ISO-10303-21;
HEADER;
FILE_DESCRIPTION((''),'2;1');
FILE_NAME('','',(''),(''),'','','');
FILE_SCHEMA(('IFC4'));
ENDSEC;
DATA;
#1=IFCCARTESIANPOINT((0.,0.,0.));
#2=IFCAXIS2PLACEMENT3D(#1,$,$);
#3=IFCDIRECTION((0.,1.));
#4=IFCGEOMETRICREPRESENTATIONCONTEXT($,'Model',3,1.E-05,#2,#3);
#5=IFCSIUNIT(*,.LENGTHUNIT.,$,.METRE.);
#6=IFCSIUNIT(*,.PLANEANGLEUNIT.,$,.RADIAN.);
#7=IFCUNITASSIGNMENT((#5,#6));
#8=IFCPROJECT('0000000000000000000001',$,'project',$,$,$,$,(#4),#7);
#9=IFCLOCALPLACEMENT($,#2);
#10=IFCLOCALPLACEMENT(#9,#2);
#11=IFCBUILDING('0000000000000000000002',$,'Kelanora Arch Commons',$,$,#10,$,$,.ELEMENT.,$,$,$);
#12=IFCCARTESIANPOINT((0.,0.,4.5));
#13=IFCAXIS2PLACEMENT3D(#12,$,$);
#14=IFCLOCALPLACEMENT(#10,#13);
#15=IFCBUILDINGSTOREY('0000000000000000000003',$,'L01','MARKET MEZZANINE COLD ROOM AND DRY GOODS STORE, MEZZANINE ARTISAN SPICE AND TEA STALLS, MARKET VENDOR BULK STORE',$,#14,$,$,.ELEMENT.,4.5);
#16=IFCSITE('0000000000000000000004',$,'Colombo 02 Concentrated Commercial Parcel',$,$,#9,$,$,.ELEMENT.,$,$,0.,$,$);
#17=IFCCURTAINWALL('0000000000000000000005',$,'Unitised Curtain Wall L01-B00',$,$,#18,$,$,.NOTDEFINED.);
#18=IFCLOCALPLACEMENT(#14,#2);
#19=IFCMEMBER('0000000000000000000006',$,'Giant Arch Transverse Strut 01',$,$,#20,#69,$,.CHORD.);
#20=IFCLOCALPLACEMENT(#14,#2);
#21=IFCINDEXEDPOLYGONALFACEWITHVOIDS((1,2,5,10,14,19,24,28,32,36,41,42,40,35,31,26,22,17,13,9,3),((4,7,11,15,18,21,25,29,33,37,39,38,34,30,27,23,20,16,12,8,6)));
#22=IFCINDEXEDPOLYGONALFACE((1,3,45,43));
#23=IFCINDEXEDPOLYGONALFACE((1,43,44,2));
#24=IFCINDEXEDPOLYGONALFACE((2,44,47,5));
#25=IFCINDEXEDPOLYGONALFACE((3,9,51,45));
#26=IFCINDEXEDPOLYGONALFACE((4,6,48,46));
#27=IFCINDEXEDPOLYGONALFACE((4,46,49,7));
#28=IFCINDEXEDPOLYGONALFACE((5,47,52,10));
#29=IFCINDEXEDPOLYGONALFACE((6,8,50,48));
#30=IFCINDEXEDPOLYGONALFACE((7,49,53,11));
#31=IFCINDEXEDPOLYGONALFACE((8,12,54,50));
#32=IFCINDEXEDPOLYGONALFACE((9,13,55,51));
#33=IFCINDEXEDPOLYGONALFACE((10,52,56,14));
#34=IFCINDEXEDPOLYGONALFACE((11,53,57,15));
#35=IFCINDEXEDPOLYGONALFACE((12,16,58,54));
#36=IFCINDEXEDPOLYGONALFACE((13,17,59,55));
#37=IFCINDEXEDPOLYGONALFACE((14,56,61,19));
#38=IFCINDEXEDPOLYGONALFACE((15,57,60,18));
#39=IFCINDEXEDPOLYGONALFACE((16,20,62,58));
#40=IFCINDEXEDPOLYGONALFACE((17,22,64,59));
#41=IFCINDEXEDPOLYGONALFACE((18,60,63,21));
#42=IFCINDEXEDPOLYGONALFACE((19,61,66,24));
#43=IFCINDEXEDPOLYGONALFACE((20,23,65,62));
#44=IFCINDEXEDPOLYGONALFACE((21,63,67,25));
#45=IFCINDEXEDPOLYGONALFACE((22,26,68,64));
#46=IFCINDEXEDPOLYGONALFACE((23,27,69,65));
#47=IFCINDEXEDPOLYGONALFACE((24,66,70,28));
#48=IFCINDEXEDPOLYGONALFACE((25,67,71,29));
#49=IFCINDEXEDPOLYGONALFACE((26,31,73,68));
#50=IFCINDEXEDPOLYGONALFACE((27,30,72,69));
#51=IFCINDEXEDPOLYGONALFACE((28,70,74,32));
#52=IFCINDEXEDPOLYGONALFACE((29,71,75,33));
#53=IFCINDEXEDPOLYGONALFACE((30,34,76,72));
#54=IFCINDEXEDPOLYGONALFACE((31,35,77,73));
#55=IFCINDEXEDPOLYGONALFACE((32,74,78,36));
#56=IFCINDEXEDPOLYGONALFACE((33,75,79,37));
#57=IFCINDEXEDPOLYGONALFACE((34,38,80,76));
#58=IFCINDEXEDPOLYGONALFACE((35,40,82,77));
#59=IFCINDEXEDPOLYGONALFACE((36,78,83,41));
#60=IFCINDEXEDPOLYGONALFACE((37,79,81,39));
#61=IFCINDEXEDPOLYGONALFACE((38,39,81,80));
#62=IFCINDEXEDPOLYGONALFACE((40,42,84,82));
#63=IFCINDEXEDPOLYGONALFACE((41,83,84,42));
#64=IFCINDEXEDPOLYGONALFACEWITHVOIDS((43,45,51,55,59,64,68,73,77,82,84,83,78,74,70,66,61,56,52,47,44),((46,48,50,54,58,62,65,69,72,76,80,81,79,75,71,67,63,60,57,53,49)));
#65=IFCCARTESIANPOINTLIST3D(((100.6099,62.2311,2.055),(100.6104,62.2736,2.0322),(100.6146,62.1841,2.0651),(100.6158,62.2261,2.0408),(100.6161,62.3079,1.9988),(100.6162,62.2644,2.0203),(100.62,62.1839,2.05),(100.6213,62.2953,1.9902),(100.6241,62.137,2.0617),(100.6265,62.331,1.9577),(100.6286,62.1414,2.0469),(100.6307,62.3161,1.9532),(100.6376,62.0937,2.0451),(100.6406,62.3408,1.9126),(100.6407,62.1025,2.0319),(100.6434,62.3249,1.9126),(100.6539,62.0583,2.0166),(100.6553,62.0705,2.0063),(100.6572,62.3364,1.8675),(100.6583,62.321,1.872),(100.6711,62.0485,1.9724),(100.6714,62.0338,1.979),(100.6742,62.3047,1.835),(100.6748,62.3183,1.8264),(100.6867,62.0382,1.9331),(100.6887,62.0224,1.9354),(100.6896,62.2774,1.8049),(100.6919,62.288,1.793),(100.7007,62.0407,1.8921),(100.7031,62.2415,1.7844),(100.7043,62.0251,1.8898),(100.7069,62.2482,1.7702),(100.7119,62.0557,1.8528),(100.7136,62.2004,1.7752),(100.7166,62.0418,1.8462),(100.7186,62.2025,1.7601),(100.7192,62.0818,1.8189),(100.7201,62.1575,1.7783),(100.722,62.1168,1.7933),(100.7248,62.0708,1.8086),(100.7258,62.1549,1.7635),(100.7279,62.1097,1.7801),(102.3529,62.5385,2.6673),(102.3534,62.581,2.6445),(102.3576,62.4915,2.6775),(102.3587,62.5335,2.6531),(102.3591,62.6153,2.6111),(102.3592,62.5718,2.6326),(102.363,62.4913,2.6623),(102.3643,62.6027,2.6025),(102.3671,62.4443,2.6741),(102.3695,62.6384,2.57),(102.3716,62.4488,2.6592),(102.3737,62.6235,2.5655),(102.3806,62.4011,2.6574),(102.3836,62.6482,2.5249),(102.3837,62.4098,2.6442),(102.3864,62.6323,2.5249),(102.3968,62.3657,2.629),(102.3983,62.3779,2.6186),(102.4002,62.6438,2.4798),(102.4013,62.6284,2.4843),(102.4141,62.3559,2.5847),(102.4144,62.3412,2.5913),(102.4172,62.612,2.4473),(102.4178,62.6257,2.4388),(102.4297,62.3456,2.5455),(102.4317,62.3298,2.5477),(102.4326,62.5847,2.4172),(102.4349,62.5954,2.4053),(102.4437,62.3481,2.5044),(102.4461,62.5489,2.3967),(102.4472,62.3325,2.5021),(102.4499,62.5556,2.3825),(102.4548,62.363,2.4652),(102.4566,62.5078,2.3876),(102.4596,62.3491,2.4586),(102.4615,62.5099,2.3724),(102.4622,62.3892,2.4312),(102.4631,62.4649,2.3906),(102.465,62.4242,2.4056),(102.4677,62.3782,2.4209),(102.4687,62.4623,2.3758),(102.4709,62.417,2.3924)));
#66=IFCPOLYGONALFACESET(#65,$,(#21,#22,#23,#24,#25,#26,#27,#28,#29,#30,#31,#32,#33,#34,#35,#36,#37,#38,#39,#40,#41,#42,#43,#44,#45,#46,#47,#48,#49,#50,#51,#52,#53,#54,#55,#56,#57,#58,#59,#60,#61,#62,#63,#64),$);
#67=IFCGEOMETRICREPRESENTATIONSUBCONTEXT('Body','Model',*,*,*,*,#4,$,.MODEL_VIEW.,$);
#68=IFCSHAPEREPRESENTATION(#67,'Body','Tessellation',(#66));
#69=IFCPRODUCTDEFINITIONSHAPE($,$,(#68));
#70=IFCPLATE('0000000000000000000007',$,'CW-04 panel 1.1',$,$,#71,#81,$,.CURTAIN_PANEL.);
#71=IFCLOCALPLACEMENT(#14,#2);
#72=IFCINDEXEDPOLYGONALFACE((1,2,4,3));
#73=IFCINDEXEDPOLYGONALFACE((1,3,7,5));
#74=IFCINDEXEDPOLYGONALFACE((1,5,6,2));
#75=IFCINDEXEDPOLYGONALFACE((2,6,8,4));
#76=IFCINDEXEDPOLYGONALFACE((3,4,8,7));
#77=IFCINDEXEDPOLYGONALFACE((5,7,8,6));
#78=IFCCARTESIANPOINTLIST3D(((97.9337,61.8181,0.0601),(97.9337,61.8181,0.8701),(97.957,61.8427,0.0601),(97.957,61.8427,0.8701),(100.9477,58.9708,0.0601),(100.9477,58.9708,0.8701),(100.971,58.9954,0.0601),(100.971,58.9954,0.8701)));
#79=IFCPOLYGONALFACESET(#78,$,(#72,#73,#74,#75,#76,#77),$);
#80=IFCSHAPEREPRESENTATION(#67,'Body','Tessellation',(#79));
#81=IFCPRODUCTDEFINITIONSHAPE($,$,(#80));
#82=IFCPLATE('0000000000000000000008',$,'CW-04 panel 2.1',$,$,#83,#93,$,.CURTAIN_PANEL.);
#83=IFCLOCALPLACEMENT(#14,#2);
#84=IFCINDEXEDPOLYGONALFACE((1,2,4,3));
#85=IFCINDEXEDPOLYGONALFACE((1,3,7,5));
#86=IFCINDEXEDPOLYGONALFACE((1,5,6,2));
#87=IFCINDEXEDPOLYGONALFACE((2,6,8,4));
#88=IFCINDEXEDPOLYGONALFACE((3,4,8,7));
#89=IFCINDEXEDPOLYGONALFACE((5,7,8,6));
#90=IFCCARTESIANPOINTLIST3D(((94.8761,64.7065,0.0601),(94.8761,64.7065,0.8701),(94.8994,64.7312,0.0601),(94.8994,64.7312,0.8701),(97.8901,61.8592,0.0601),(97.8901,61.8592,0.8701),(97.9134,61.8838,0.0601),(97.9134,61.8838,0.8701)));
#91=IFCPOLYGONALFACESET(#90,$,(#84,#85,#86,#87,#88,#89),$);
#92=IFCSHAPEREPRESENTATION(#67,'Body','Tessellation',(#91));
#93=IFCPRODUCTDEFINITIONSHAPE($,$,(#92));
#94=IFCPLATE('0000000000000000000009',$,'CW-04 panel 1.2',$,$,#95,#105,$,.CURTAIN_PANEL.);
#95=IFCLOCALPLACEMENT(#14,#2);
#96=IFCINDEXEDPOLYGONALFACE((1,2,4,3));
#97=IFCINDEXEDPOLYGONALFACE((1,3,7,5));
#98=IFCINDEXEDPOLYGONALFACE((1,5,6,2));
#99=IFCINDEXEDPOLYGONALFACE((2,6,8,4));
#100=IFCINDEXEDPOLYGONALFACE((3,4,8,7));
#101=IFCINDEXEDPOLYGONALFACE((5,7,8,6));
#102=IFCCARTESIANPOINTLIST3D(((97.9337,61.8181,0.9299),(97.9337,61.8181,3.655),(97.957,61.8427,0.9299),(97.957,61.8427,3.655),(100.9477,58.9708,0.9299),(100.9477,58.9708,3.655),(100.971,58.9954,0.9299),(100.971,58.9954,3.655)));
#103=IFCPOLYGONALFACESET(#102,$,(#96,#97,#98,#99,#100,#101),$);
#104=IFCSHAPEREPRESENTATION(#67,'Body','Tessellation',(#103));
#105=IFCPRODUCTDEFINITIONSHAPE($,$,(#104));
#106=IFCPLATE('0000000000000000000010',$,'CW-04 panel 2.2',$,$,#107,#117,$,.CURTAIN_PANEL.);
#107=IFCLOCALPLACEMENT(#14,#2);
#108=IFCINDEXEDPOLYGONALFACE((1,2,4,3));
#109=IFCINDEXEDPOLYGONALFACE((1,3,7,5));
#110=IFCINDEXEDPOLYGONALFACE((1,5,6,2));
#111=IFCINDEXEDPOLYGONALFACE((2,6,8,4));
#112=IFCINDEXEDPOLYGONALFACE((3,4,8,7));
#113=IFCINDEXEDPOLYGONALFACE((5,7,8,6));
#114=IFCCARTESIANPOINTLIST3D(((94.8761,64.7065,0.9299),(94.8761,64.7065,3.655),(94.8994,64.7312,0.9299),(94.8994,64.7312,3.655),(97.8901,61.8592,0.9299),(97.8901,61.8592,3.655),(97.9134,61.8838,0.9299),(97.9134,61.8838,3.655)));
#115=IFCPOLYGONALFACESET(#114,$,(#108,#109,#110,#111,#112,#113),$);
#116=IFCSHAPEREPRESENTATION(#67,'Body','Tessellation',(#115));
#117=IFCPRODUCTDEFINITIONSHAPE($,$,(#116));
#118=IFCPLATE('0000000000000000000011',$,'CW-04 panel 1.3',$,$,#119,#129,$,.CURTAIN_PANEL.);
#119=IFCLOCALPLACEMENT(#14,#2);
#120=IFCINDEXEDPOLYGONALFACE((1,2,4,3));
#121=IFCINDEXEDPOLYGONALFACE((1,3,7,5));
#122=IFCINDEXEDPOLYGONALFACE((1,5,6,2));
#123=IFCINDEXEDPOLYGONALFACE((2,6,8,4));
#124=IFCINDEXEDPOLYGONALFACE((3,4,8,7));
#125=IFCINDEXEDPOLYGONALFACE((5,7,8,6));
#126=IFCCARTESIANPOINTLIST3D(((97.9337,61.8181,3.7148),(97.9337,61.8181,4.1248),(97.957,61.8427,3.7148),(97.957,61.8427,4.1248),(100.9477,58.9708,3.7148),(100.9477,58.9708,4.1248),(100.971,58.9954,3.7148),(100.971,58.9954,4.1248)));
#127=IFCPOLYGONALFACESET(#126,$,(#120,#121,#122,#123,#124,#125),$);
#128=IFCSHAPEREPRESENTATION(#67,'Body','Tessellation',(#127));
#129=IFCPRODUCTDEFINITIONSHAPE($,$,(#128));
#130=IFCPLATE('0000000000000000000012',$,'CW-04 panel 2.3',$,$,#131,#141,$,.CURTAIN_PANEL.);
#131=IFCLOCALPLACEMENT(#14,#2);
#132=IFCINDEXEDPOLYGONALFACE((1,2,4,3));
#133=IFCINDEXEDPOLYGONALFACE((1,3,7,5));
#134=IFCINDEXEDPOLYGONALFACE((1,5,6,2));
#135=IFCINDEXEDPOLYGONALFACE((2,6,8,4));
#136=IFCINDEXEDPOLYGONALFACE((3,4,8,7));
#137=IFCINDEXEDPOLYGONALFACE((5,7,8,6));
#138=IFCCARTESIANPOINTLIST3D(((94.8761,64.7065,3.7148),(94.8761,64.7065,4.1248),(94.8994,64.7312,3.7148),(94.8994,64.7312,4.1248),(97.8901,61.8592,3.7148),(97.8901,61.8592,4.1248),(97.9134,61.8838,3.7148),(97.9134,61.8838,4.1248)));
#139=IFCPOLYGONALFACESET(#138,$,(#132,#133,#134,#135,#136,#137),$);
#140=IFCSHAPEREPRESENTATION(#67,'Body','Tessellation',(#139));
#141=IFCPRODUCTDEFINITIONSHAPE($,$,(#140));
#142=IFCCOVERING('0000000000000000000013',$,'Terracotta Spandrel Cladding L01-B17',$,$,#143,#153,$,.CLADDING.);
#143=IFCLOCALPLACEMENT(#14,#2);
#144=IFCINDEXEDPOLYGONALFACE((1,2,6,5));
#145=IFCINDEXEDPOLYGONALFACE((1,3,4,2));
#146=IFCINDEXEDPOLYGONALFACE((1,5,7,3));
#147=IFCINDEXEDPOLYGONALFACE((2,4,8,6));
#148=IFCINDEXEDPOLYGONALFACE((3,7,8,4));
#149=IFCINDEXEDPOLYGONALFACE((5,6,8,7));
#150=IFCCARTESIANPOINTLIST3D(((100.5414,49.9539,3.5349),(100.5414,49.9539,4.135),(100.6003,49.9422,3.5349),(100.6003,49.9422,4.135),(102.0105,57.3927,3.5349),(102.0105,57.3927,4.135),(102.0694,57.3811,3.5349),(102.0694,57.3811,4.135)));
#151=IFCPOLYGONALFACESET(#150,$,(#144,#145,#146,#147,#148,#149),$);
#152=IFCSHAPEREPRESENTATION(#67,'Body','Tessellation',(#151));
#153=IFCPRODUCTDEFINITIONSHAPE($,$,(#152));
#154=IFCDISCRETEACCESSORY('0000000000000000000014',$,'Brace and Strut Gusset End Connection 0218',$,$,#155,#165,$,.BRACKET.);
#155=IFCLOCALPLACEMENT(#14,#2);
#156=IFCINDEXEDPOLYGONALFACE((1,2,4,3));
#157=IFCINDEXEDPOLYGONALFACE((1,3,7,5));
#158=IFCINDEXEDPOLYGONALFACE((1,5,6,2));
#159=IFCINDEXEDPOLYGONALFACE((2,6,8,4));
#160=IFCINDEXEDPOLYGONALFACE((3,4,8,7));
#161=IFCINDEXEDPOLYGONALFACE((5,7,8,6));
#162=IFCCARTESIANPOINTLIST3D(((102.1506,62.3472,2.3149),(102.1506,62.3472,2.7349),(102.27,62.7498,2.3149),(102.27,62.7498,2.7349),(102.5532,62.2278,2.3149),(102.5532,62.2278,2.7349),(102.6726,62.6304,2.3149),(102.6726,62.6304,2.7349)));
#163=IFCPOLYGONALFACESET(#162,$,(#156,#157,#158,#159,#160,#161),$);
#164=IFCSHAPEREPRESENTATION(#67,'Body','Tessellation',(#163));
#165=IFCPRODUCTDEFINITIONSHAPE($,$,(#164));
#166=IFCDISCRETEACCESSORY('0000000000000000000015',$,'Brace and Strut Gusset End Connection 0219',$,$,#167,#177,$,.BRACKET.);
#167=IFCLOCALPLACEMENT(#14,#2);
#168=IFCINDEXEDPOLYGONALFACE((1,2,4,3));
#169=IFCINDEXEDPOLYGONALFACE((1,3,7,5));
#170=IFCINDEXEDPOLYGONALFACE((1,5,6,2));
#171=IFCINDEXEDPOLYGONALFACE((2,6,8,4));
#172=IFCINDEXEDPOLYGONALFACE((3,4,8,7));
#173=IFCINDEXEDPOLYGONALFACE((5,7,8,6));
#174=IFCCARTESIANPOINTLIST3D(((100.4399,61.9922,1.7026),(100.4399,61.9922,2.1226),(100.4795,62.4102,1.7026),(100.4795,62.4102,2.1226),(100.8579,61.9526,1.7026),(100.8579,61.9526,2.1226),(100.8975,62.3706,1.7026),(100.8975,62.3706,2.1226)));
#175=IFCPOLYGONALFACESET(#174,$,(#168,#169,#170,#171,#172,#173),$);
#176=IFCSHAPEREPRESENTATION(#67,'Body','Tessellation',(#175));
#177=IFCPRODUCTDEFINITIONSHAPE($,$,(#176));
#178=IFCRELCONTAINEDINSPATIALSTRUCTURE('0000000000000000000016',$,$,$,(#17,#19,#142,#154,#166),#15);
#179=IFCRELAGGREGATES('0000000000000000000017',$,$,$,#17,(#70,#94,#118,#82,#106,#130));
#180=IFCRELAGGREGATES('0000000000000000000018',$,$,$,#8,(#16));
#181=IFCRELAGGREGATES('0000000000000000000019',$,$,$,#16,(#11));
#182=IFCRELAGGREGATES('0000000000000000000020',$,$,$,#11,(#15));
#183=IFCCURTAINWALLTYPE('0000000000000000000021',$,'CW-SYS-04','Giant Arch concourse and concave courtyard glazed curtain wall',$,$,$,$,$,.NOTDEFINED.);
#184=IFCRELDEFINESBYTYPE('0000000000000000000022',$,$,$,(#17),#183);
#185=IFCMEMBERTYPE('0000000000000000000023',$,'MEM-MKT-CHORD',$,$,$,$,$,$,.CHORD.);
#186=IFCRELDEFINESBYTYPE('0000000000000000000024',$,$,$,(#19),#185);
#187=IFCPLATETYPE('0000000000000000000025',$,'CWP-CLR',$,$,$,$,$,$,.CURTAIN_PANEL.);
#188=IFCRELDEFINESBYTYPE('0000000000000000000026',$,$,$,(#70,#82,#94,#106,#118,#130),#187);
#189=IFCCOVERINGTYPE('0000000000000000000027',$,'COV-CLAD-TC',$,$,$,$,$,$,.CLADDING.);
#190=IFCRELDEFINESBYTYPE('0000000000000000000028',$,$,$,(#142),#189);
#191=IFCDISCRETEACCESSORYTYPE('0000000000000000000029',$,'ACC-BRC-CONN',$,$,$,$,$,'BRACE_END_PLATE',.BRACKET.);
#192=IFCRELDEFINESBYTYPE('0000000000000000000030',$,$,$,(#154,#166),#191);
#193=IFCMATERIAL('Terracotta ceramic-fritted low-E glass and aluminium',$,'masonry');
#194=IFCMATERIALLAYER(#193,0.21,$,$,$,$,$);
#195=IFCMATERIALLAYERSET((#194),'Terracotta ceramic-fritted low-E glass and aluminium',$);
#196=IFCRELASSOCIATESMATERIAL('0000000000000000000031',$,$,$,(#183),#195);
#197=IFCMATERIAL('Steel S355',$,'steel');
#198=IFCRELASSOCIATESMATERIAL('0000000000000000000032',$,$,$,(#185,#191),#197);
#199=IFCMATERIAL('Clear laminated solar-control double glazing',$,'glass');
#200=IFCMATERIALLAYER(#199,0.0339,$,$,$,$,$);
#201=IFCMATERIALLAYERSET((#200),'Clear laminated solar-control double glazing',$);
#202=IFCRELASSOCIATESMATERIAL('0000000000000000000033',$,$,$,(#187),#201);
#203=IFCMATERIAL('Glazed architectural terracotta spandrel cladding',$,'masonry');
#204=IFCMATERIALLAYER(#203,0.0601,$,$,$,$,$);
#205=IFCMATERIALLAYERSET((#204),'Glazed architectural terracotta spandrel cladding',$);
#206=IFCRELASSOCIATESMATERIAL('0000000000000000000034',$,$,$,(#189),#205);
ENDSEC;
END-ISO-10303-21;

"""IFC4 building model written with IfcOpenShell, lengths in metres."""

from ifc_helpers import new_model, si_unit, direction, frame, origin, origin_2d, place, context, subcontext, project, spatial, rectangle, hollow_circle, extrude, source, transform, mapped, material, layer, layer_set, material_profile, profile_set, type_object, element, aggregate, save


model = new_model("IFC4")

# Units and contexts
model_context = context("Model", 3, precision=1e-05, world=origin(), true_north=direction((0.0, 1.0)))
body_context = subcontext(model_context, "Body", "Model", "MODEL_VIEW")
ifc_project = project(units=[si_unit("LENGTHUNIT", "METRE"), si_unit("PLANEANGLEUNIT", "RADIAN")], contexts=[model_context])

# Site, building, storey
site_placement = place(None, origin())
site = spatial("IfcSite", under=ifc_project, at=site_placement, Name="Colombo 02 Concentrated Commercial Parcel", CompositionType="ELEMENT", RefElevation=0.0)
building_placement = place(site_placement, origin())
building = spatial("IfcBuilding", under=site, at=building_placement, Name="Kelanora Arch Commons", CompositionType="ELEMENT")
storey_placement = place(building_placement, frame((0.0, 0.0, 4.5)))
storey = spatial("IfcBuildingStorey", under=building, at=storey_placement, Name="L01", Description="MARKET MEZZANINE COLD ROOM AND DRY GOODS STORE, MEZZANINE ARTISAN SPICE AND TEA STALLS, MARKET VENDOR BULK STORE", CompositionType="ELEMENT", Elevation=4.5)

# Shared definitions
ifc_material_1 = material(Name="Steel S355", Category="steel")

# Curtain wall
ifc_material_2 = material(Name="Terracotta ceramic-fritted low-E glass and aluminium", Category="masonry")
ifc_layer_1 = layer(ifc_material_2, 0.21)
ifc_layer_set_1 = layer_set([ifc_layer_1], Name="Terracotta ceramic-fritted low-E glass and aluminium")
curtain_wall_type = type_object("IfcCurtainWallType", Name="CW-SYS-04", Description="Giant Arch concourse and concave courtyard glazed curtain wall", PredefinedType="NOTDEFINED", material=ifc_layer_set_1)
curtain_wall_1_placement = place(storey_placement, origin())
curtain_wall_1 = element("IfcCurtainWall", 1, at=curtain_wall_1_placement, inside=storey, type_object=curtain_wall_type, Name="Unitised Curtain Wall L01-B00", PredefinedType="NOTDEFINED")

# Member
ifc_material_profile_1 = material_profile(ifc_material_1, hollow_circle(Radius=0.1619, WallThickness=0.0161, at=origin_2d()), Name="CHS323.9x16")
ifc_profile_set_1 = profile_set([ifc_material_profile_1], Name="Steel S355")
member_type_1 = type_object("IfcMemberType", Name="MEM-MKT-CHORD", PredefinedType="CHORD", material=ifc_profile_set_1)
member_1_placement = place(storey_placement, frame((100.6687, 62.1814, 1.9126), z_axis=(0.930678, 0.16413, 0.326956), x_axis=(-0.173675, 0.984803, 0.0)))
element("IfcMember", 2, at=member_1_placement, inside=storey, type_object=member_type_1, Name="Giant Arch Transverse Strut 01", PredefinedType="CHORD", context=body_context, shape_type="SweptSolid", body=[
    extrude(hollow_circle(Radius=0.1619, WallThickness=0.0161, at=origin_2d()), origin(), (0.0, 0.0, 1.0), 1.8728),
])

# Plates
ifc_material_3 = material(Name="Clear laminated solar-control double glazing", Category="glass")
ifc_layer_2 = layer(ifc_material_3, 0.0339)
ifc_layer_set_2 = layer_set([ifc_layer_2], Name="Clear laminated solar-control double glazing")
plate_type = type_object("IfcPlateType", Name="CWP-CLR", PredefinedType="CURTAIN_PANEL", material=ifc_layer_set_2)
shared_shape_1 = source(origin(), body_context, "Body", "SweptSolid", [
    extrude(rectangle(XDim=4.1462, YDim=0.0339, at=origin_2d()), origin(), (0.0, 0.0, 1.0), 0.8101),
])
plate_1_placement = place(storey_placement, frame((99.4524, 60.4067, 0.0601), z_axis=(0.0, 0.0, 1.0), x_axis=(-0.726922, 0.68672, 0.0)))
plate_1 = element("IfcPlate", 3, at=plate_1_placement, type_object=plate_type, Name="CW-04 panel 1.1", PredefinedType="CURTAIN_PANEL", context=body_context, shape_type="MappedRepresentation", body=[
    mapped(shared_shape_1, transform((0.0, 0.0, 0.0), scale=1.0)),
])
plate_2_placement = place(storey_placement, frame((96.3948, 63.2952, 0.0601), z_axis=(0.0, 0.0, 1.0), x_axis=(-0.726922, 0.68672, 0.0)))
plate_2 = element("IfcPlate", 4, at=plate_2_placement, type_object=plate_type, Name="CW-04 panel 2.1", PredefinedType="CURTAIN_PANEL", context=body_context, shape_type="MappedRepresentation", body=[
    mapped(shared_shape_1, transform((0.0, 0.0, 0.0), scale=1.0)),
])
shared_shape_2 = source(origin(), body_context, "Body", "SweptSolid", [
    extrude(rectangle(XDim=4.1462, YDim=0.0339, at=origin_2d()), origin(), (0.0, 0.0, 1.0), 2.7251),
])
plate_3_placement = place(storey_placement, frame((99.4524, 60.4067, 0.9299), z_axis=(0.0, 0.0, 1.0), x_axis=(-0.726922, 0.68672, 0.0)))
plate_3 = element("IfcPlate", 5, at=plate_3_placement, type_object=plate_type, Name="CW-04 panel 1.2", PredefinedType="CURTAIN_PANEL", context=body_context, shape_type="MappedRepresentation", body=[
    mapped(shared_shape_2, transform((0.0, 0.0, 0.0), scale=1.0)),
])
plate_4_placement = place(storey_placement, frame((96.3948, 63.2952, 0.9299), z_axis=(0.0, 0.0, 1.0), x_axis=(-0.726922, 0.68672, 0.0)))
plate_4 = element("IfcPlate", 6, at=plate_4_placement, type_object=plate_type, Name="CW-04 panel 2.2", PredefinedType="CURTAIN_PANEL", context=body_context, shape_type="MappedRepresentation", body=[
    mapped(shared_shape_2, transform((0.0, 0.0, 0.0), scale=1.0)),
])
shared_shape_3 = source(origin(), body_context, "Body", "SweptSolid", [
    extrude(rectangle(XDim=4.1462, YDim=0.0339, at=origin_2d()), origin(), (0.0, 0.0, 1.0), 0.4099),
])
plate_5_placement = place(storey_placement, frame((99.4524, 60.4067, 3.7148), z_axis=(0.0, 0.0, 1.0), x_axis=(-0.726922, 0.68672, 0.0)))
plate_5 = element("IfcPlate", 7, at=plate_5_placement, type_object=plate_type, Name="CW-04 panel 1.3", PredefinedType="CURTAIN_PANEL", context=body_context, shape_type="MappedRepresentation", body=[
    mapped(shared_shape_3, transform((0.0, 0.0, 0.0), scale=1.0)),
])
plate_6_placement = place(storey_placement, frame((96.3948, 63.2952, 3.7148), z_axis=(0.0, 0.0, 1.0), x_axis=(-0.726922, 0.68672, 0.0)))
plate_6 = element("IfcPlate", 8, at=plate_6_placement, type_object=plate_type, Name="CW-04 panel 2.3", PredefinedType="CURTAIN_PANEL", context=body_context, shape_type="MappedRepresentation", body=[
    mapped(shared_shape_3, transform((0.0, 0.0, 0.0), scale=1.0)),
])
aggregate(curtain_wall_1, [plate_1, plate_3, plate_5, plate_2, plate_4, plate_6])

# Covering
ifc_material_4 = material(Name="Glazed architectural terracotta spandrel cladding", Category="masonry")
ifc_layer_3 = layer(ifc_material_4, 0.0601)
ifc_layer_set_3 = layer_set([ifc_layer_3], Name="Glazed architectural terracotta spandrel cladding")
covering_type = type_object("IfcCoveringType", Name="COV-CLAD-TC", PredefinedType="CLADDING", material=ifc_layer_set_3)
shared_shape_4 = source(origin(), body_context, "Body", "SweptSolid", [
    extrude(rectangle(XDim=7.5825, YDim=0.0601, at=origin_2d()), origin(), (0.0, 0.0, 1.0), 0.6001),
])
covering_placement = place(storey_placement, frame((101.3054, 53.6675, 3.5349), z_axis=(0.0, 0.0, 1.0), x_axis=(0.193744, 0.981052, 0.0)))
element("IfcCovering", 9, at=covering_placement, inside=storey, type_object=covering_type, Name="Terracotta Spandrel Cladding L01-B17", PredefinedType="CLADDING", context=body_context, shape_type="MappedRepresentation", body=[
    mapped(shared_shape_4, transform((0.0, 0.0, 0.0), scale=1.0)),
])

# Discrete accessories
discrete_accessory_type = type_object("IfcDiscreteAccessoryType", Name="ACC-BRC-CONN", ElementType="BRACE_END_PLATE", PredefinedType="BRACKET", material=ifc_material_1)
shared_shape_5 = source(origin(), body_context, "Body", "SweptSolid", [
    extrude(rectangle(XDim=0.4199, YDim=0.4199, at=origin_2d()), origin(), (0.0, 0.0, 1.0), 0.4199),
])
for number, where, z_axis, x_axis, name in (
    (10, (102.4116, 62.4888, 2.3149), (0.0, 0.0, 1.0), (0.28435, 0.958721, 0.0), "Brace and Strut Gusset End Connection 0218"),
    (11, (100.6687, 62.1814, 1.7026), (0.0, 0.0, 1.0), (0.094282, 0.995546, 0.0), "Brace and Strut Gusset End Connection 0219"),
):
    element("IfcDiscreteAccessory", number, at=place(storey_placement, frame(where, z_axis=z_axis, x_axis=x_axis)), inside=storey, type_object=discrete_accessory_type, Name=name, PredefinedType="BRACKET", context=body_context, shape_type="MappedRepresentation", body=[
        mapped(shared_shape_5, transform((0.0, 0.0, 0.0), scale=1.0)),
    ])

save(model, "model.ifc")
